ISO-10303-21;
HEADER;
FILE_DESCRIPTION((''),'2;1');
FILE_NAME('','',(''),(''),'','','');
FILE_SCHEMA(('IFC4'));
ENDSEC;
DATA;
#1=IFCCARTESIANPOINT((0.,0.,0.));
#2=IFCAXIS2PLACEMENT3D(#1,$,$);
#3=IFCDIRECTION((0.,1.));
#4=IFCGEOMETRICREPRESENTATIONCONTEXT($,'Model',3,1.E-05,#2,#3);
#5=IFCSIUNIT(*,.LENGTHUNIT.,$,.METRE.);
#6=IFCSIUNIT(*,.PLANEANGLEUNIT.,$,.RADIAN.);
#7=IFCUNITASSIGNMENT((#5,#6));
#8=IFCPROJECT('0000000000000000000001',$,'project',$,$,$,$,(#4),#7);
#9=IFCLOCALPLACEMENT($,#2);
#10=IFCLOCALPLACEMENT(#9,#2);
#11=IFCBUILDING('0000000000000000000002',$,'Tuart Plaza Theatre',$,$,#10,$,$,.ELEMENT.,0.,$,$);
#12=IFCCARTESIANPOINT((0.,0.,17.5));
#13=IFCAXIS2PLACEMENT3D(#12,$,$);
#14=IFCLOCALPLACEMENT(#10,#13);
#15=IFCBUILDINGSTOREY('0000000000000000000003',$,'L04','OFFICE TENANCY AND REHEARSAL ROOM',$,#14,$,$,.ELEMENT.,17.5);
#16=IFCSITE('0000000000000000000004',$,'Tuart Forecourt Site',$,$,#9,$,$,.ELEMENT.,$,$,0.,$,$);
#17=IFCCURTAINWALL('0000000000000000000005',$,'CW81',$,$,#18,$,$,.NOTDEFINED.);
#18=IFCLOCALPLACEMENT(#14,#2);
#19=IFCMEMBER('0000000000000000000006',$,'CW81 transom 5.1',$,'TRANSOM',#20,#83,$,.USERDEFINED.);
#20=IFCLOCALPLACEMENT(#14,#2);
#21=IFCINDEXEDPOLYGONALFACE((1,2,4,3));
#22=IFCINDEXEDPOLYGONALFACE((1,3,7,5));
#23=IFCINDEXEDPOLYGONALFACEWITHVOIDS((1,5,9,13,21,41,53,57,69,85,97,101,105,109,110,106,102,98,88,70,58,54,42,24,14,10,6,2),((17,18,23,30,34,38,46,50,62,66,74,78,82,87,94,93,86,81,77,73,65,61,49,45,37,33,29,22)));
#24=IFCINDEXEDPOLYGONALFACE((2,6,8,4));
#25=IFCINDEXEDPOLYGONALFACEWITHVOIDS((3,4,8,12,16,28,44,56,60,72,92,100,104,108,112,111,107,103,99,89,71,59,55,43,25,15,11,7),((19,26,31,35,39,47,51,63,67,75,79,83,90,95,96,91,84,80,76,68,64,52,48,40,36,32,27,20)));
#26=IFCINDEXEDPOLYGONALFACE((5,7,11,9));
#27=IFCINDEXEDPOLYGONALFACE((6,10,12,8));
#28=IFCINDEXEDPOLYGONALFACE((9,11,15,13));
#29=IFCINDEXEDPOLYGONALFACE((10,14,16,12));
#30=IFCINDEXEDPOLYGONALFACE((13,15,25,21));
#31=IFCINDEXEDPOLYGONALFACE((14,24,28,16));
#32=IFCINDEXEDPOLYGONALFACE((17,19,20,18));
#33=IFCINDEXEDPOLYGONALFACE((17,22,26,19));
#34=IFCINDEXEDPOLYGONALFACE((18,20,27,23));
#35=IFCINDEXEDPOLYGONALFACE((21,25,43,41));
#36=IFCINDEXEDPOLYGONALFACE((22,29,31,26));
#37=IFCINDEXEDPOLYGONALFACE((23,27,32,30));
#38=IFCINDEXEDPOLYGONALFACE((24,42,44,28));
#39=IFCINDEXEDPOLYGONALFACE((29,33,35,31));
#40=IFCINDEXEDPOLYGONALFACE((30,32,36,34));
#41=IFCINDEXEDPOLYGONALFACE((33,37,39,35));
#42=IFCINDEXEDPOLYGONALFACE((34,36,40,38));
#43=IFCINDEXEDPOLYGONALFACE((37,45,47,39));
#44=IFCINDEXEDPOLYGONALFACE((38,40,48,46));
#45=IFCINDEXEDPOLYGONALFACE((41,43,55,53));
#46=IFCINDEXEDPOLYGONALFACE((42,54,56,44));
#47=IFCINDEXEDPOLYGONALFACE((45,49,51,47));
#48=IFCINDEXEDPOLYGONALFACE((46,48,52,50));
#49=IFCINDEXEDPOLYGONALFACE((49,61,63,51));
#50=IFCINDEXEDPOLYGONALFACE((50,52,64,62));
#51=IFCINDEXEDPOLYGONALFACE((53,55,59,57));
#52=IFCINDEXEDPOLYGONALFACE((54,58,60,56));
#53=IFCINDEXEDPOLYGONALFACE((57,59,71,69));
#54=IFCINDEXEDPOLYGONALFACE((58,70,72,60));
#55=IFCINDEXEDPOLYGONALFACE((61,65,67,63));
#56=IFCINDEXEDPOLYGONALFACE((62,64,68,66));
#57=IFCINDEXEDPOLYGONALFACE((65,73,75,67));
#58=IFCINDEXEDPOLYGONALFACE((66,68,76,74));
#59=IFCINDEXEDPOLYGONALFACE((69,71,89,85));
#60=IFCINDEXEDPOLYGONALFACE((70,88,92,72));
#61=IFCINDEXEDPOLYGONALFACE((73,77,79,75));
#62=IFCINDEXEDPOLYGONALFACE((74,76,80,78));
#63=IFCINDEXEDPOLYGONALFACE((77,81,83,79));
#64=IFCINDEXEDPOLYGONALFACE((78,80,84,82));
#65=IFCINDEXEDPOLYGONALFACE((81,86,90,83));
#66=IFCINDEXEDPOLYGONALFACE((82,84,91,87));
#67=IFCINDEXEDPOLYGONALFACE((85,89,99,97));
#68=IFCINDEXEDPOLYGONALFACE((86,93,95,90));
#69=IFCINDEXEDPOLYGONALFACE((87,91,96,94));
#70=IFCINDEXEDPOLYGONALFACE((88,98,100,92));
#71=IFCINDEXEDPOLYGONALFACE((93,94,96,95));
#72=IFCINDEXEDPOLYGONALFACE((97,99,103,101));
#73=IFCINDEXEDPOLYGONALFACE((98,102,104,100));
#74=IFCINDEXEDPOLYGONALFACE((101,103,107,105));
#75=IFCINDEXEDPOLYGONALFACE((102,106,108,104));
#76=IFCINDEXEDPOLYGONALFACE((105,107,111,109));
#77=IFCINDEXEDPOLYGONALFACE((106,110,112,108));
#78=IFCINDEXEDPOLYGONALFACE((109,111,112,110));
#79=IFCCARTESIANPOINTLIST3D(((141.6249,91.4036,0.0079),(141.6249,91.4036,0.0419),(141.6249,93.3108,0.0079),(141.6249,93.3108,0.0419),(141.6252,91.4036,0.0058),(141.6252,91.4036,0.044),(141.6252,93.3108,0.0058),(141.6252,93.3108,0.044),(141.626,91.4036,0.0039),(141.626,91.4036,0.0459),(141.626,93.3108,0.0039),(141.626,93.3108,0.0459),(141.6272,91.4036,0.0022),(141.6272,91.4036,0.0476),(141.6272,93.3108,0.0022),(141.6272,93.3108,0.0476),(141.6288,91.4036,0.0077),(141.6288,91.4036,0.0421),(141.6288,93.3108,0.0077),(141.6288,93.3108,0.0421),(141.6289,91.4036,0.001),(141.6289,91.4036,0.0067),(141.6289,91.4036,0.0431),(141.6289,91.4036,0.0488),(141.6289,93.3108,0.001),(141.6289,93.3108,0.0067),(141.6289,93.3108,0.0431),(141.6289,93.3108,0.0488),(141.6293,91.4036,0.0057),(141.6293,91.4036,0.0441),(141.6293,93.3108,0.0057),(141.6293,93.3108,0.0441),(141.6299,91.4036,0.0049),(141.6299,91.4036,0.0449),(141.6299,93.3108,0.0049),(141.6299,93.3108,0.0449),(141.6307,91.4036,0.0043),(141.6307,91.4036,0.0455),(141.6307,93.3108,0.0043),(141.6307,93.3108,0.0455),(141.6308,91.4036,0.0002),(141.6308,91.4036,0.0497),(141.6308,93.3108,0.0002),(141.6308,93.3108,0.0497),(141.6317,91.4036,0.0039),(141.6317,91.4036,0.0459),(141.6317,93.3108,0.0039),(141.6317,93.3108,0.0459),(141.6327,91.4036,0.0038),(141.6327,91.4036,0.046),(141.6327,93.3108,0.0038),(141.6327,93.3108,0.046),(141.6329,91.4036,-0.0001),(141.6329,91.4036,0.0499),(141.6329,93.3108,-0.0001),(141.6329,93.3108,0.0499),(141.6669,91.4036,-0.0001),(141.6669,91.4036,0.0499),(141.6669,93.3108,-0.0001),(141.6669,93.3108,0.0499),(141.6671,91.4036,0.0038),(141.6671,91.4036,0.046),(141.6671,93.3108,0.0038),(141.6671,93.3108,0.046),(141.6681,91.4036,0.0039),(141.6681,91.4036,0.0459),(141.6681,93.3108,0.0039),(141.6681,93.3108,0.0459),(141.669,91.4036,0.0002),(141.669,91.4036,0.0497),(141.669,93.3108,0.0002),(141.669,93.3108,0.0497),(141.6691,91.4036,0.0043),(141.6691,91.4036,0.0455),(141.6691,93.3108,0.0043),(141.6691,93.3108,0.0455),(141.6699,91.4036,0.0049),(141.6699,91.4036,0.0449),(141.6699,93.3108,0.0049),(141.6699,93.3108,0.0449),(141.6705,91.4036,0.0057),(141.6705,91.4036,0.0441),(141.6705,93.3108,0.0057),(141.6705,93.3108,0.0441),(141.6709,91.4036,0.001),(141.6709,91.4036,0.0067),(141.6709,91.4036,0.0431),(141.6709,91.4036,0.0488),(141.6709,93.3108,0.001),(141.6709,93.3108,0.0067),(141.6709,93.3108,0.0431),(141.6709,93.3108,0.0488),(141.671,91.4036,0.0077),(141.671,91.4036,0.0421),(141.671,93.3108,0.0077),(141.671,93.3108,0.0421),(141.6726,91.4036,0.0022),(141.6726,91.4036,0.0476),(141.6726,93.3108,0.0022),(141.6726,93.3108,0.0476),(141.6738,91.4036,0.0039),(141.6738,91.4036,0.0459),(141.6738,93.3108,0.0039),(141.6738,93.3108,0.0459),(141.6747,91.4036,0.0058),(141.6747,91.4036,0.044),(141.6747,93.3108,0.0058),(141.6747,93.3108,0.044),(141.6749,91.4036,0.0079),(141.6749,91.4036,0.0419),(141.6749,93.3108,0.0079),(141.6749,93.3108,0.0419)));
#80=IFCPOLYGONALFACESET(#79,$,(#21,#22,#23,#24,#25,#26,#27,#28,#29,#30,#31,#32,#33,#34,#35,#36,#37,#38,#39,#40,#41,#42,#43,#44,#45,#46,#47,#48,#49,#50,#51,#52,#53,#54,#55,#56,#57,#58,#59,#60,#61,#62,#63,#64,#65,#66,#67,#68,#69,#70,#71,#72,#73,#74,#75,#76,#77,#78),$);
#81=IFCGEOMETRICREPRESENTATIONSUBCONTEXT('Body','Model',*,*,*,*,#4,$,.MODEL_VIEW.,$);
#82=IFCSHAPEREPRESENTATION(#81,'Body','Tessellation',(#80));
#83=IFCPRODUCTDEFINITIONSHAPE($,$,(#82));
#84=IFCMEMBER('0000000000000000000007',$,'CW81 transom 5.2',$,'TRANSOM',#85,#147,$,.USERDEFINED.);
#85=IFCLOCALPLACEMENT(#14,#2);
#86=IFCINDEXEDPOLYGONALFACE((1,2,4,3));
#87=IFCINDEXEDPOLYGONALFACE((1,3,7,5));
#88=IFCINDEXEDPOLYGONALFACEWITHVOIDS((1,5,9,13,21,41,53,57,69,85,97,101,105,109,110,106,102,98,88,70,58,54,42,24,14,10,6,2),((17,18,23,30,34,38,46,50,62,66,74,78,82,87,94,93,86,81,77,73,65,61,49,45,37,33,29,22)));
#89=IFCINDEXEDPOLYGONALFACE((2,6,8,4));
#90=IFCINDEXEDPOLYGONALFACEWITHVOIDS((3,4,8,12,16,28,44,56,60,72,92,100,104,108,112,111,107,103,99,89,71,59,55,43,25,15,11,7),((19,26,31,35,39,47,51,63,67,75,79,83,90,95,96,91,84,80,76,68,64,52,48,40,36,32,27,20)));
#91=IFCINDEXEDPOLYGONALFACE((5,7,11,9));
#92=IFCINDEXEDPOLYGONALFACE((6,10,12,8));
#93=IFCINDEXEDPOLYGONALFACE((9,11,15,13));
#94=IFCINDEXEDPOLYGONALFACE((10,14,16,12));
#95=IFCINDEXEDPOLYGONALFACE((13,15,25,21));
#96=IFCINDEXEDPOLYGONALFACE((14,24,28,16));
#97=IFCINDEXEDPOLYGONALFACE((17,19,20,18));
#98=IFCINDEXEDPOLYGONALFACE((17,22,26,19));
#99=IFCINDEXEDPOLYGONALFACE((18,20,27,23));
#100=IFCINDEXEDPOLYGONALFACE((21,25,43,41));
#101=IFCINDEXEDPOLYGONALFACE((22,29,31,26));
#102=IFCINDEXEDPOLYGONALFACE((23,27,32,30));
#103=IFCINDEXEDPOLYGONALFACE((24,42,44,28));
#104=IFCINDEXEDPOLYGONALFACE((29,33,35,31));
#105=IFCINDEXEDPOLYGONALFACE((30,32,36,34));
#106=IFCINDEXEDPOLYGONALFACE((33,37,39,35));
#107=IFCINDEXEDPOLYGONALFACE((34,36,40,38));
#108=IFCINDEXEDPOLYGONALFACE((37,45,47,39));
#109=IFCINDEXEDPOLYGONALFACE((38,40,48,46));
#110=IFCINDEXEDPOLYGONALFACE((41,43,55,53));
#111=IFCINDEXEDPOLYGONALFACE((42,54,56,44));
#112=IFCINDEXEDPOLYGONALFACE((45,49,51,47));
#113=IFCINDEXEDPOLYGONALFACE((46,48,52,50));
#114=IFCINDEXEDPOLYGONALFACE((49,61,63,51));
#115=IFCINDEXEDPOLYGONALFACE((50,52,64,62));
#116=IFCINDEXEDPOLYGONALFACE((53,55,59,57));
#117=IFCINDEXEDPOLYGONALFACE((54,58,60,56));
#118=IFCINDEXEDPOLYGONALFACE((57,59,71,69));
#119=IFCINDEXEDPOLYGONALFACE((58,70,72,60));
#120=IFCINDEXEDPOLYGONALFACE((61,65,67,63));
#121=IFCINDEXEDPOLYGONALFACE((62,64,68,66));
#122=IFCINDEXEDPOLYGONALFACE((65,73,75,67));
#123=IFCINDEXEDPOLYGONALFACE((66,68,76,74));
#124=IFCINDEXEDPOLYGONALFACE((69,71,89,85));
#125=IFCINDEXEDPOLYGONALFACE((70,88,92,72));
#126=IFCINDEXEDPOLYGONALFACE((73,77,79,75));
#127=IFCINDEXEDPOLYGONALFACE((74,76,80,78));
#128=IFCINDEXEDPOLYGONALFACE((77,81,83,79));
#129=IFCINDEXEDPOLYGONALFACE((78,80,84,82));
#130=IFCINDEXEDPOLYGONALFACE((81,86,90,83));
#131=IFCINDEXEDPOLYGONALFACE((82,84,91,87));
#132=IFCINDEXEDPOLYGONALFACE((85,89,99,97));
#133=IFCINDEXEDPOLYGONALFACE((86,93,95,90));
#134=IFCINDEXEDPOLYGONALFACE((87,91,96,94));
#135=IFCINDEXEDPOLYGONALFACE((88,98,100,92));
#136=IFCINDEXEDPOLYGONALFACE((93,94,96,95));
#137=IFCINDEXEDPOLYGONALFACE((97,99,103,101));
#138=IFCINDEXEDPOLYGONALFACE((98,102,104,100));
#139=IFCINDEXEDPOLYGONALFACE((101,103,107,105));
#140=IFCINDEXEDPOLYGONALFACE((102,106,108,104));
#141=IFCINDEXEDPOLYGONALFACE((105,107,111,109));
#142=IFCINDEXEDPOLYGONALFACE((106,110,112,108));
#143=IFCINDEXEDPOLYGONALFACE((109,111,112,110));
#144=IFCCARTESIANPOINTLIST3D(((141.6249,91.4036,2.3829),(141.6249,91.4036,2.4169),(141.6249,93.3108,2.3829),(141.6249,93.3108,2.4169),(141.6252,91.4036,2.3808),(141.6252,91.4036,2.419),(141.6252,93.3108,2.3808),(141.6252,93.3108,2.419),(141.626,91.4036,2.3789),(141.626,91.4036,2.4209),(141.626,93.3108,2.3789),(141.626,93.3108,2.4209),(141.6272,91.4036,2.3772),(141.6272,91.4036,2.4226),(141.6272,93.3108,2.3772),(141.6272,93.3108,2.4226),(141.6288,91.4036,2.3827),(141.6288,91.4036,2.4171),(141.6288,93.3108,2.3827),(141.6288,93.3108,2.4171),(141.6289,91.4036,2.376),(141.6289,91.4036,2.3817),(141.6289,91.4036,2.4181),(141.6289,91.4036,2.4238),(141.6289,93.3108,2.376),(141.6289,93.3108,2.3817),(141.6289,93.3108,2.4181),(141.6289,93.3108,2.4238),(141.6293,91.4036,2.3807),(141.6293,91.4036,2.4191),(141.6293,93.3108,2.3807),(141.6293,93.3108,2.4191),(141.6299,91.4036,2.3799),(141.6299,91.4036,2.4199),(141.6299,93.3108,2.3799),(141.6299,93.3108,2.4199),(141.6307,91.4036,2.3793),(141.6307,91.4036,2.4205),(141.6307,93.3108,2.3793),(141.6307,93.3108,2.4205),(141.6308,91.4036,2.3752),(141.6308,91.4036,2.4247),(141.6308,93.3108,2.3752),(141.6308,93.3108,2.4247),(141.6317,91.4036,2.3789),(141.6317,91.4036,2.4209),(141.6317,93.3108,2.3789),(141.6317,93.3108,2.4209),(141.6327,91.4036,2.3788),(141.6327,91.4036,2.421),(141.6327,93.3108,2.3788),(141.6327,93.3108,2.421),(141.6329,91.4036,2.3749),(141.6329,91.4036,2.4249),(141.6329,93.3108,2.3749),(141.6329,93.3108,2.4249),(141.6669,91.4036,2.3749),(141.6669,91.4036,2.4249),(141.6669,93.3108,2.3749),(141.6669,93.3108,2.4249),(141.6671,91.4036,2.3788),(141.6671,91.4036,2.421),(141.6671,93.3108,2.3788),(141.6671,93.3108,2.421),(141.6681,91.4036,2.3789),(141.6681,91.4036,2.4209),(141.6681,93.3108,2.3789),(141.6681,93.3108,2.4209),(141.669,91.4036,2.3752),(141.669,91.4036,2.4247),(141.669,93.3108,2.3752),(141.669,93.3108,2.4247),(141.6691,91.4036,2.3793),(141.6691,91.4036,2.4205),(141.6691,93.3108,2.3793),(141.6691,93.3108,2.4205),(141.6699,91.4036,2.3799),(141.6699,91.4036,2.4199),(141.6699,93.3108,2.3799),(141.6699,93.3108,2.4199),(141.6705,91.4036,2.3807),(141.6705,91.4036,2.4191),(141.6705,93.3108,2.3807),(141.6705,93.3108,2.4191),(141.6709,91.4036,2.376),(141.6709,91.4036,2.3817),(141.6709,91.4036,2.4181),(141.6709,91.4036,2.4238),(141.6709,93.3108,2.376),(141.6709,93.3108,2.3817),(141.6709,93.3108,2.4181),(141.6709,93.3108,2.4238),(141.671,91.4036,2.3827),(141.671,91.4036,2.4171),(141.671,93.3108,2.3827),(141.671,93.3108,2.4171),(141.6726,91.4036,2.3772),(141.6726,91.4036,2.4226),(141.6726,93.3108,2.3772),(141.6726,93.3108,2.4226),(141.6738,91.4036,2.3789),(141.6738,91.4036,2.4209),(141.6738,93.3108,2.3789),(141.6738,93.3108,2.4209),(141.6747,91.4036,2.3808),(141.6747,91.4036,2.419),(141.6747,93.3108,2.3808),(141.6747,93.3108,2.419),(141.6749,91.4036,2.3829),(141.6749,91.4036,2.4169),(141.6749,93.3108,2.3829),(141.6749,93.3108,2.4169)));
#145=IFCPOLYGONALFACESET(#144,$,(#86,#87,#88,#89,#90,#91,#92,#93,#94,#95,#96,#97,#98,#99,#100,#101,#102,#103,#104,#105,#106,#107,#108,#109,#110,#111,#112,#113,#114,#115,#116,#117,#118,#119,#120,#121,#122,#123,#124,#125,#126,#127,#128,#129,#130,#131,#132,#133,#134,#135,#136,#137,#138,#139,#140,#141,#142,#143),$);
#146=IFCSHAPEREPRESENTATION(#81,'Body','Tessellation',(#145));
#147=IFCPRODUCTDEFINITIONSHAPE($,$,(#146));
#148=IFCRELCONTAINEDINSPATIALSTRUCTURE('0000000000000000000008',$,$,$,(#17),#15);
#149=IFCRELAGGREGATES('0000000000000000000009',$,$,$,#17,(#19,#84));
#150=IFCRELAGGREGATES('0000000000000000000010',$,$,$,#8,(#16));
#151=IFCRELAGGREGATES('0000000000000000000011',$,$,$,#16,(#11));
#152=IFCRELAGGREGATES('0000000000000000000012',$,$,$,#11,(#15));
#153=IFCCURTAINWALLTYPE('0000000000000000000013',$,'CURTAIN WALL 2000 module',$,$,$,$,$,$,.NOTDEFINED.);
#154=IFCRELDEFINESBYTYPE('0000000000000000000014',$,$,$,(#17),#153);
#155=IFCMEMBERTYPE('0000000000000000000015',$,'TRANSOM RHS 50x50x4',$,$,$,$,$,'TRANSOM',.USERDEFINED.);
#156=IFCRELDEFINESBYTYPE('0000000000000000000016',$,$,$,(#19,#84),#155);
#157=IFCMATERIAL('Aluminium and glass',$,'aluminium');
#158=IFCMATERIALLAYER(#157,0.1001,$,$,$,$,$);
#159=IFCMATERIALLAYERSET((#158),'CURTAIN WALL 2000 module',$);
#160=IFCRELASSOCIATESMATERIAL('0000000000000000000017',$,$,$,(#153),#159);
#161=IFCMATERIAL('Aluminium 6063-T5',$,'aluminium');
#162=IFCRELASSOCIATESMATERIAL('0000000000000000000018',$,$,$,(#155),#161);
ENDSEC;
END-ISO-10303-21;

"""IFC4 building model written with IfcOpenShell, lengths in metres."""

from ifc_helpers import new_model, si_unit, direction, frame, origin, origin_2d, place, context, subcontext, project, spatial, hollow_rectangle, extrude, material, layer, layer_set, material_profile, profile_set, type_object, element, aggregate, save


model = new_model("IFC4")

# Units and contexts
model_context = context("Model", 3, precision=1e-05, world=origin(), true_north=direction((0.0, 1.0)))
body_context = subcontext(model_context, "Body", "Model", "MODEL_VIEW")
ifc_project = project(units=[si_unit("LENGTHUNIT", "METRE"), si_unit("PLANEANGLEUNIT", "RADIAN")], contexts=[model_context])

# Site, building, storey
site_placement = place(None, origin())
site = spatial("IfcSite", under=ifc_project, at=site_placement, Name="Tuart Forecourt Site", CompositionType="ELEMENT", RefElevation=0.0)
building_placement = place(site_placement, origin())
building = spatial("IfcBuilding", under=site, at=building_placement, Name="Tuart Plaza Theatre", CompositionType="ELEMENT", ElevationOfRefHeight=0.0)
storey_placement = place(building_placement, frame((0.0, 0.0, 17.5)))
storey = spatial("IfcBuildingStorey", under=building, at=storey_placement, Name="L04", Description="OFFICE TENANCY AND REHEARSAL ROOM", CompositionType="ELEMENT", Elevation=17.5)

# Curtain wall, members
ifc_material_1 = material(Name="Aluminium and glass", Category="aluminium")
ifc_layer_1 = layer(ifc_material_1, 0.1001)
ifc_layer_set_1 = layer_set([ifc_layer_1], Name="CURTAIN WALL 2000 module")
curtain_wall_type = type_object("IfcCurtainWallType", Name="CURTAIN WALL 2000 module", PredefinedType="NOTDEFINED", material=ifc_layer_set_1)
curtain_wall_placement = place(storey_placement, origin())
curtain_wall = element("IfcCurtainWall", 1, at=curtain_wall_placement, inside=storey, type_object=curtain_wall_type, Name="CW81", PredefinedType="NOTDEFINED")
ifc_material_2 = material(Name="Aluminium 6063-T5", Category="aluminium")
ifc_material_profile_1 = material_profile(ifc_material_2, hollow_rectangle(XDim=0.05, YDim=0.05, WallThickness=0.0039, InnerFilletRadius=0.0039, OuterFilletRadius=0.0081, at=origin_2d()), Name="RHS 50x50x4")
ifc_profile_set_1 = profile_set([ifc_material_profile_1], Name="Aluminium 6063-T5")
member_type_1 = type_object("IfcMemberType", Name="TRANSOM RHS 50x50x4", ElementType="TRANSOM", PredefinedType="USERDEFINED", material=ifc_profile_set_1)
member_1_placement = place(storey_placement, frame((141.6499, 91.4036, 0.0249), z_axis=(0.0, 1.0, 0.0), x_axis=(-1.0, 0.0, 0.0)))
member_1 = element("IfcMember", 2, at=member_1_placement, type_object=member_type_1, Name="CW81 transom 5.1", ObjectType="TRANSOM", PredefinedType="USERDEFINED", context=body_context, shape_type="SweptSolid", body=[
    extrude(hollow_rectangle(XDim=0.05, YDim=0.05, WallThickness=0.0039, InnerFilletRadius=0.0039, OuterFilletRadius=0.0081, at=origin_2d()), origin(), (0.0, 0.0, 1.0), 1.9072),
])
member_2_placement = place(storey_placement, frame((141.6499, 91.4036, 2.3999), z_axis=(0.0, 1.0, 0.0), x_axis=(-1.0, 0.0, 0.0)))
member_2 = element("IfcMember", 3, at=member_2_placement, type_object=member_type_1, Name="CW81 transom 5.2", ObjectType="TRANSOM", PredefinedType="USERDEFINED", context=body_context, shape_type="SweptSolid", body=[
    extrude(hollow_rectangle(XDim=0.05, YDim=0.05, WallThickness=0.0039, InnerFilletRadius=0.0039, OuterFilletRadius=0.0081, at=origin_2d()), origin(), (0.0, 0.0, 1.0), 1.9072),
])
aggregate(curtain_wall, [member_1, member_2])

save(model, "model.ifc")
